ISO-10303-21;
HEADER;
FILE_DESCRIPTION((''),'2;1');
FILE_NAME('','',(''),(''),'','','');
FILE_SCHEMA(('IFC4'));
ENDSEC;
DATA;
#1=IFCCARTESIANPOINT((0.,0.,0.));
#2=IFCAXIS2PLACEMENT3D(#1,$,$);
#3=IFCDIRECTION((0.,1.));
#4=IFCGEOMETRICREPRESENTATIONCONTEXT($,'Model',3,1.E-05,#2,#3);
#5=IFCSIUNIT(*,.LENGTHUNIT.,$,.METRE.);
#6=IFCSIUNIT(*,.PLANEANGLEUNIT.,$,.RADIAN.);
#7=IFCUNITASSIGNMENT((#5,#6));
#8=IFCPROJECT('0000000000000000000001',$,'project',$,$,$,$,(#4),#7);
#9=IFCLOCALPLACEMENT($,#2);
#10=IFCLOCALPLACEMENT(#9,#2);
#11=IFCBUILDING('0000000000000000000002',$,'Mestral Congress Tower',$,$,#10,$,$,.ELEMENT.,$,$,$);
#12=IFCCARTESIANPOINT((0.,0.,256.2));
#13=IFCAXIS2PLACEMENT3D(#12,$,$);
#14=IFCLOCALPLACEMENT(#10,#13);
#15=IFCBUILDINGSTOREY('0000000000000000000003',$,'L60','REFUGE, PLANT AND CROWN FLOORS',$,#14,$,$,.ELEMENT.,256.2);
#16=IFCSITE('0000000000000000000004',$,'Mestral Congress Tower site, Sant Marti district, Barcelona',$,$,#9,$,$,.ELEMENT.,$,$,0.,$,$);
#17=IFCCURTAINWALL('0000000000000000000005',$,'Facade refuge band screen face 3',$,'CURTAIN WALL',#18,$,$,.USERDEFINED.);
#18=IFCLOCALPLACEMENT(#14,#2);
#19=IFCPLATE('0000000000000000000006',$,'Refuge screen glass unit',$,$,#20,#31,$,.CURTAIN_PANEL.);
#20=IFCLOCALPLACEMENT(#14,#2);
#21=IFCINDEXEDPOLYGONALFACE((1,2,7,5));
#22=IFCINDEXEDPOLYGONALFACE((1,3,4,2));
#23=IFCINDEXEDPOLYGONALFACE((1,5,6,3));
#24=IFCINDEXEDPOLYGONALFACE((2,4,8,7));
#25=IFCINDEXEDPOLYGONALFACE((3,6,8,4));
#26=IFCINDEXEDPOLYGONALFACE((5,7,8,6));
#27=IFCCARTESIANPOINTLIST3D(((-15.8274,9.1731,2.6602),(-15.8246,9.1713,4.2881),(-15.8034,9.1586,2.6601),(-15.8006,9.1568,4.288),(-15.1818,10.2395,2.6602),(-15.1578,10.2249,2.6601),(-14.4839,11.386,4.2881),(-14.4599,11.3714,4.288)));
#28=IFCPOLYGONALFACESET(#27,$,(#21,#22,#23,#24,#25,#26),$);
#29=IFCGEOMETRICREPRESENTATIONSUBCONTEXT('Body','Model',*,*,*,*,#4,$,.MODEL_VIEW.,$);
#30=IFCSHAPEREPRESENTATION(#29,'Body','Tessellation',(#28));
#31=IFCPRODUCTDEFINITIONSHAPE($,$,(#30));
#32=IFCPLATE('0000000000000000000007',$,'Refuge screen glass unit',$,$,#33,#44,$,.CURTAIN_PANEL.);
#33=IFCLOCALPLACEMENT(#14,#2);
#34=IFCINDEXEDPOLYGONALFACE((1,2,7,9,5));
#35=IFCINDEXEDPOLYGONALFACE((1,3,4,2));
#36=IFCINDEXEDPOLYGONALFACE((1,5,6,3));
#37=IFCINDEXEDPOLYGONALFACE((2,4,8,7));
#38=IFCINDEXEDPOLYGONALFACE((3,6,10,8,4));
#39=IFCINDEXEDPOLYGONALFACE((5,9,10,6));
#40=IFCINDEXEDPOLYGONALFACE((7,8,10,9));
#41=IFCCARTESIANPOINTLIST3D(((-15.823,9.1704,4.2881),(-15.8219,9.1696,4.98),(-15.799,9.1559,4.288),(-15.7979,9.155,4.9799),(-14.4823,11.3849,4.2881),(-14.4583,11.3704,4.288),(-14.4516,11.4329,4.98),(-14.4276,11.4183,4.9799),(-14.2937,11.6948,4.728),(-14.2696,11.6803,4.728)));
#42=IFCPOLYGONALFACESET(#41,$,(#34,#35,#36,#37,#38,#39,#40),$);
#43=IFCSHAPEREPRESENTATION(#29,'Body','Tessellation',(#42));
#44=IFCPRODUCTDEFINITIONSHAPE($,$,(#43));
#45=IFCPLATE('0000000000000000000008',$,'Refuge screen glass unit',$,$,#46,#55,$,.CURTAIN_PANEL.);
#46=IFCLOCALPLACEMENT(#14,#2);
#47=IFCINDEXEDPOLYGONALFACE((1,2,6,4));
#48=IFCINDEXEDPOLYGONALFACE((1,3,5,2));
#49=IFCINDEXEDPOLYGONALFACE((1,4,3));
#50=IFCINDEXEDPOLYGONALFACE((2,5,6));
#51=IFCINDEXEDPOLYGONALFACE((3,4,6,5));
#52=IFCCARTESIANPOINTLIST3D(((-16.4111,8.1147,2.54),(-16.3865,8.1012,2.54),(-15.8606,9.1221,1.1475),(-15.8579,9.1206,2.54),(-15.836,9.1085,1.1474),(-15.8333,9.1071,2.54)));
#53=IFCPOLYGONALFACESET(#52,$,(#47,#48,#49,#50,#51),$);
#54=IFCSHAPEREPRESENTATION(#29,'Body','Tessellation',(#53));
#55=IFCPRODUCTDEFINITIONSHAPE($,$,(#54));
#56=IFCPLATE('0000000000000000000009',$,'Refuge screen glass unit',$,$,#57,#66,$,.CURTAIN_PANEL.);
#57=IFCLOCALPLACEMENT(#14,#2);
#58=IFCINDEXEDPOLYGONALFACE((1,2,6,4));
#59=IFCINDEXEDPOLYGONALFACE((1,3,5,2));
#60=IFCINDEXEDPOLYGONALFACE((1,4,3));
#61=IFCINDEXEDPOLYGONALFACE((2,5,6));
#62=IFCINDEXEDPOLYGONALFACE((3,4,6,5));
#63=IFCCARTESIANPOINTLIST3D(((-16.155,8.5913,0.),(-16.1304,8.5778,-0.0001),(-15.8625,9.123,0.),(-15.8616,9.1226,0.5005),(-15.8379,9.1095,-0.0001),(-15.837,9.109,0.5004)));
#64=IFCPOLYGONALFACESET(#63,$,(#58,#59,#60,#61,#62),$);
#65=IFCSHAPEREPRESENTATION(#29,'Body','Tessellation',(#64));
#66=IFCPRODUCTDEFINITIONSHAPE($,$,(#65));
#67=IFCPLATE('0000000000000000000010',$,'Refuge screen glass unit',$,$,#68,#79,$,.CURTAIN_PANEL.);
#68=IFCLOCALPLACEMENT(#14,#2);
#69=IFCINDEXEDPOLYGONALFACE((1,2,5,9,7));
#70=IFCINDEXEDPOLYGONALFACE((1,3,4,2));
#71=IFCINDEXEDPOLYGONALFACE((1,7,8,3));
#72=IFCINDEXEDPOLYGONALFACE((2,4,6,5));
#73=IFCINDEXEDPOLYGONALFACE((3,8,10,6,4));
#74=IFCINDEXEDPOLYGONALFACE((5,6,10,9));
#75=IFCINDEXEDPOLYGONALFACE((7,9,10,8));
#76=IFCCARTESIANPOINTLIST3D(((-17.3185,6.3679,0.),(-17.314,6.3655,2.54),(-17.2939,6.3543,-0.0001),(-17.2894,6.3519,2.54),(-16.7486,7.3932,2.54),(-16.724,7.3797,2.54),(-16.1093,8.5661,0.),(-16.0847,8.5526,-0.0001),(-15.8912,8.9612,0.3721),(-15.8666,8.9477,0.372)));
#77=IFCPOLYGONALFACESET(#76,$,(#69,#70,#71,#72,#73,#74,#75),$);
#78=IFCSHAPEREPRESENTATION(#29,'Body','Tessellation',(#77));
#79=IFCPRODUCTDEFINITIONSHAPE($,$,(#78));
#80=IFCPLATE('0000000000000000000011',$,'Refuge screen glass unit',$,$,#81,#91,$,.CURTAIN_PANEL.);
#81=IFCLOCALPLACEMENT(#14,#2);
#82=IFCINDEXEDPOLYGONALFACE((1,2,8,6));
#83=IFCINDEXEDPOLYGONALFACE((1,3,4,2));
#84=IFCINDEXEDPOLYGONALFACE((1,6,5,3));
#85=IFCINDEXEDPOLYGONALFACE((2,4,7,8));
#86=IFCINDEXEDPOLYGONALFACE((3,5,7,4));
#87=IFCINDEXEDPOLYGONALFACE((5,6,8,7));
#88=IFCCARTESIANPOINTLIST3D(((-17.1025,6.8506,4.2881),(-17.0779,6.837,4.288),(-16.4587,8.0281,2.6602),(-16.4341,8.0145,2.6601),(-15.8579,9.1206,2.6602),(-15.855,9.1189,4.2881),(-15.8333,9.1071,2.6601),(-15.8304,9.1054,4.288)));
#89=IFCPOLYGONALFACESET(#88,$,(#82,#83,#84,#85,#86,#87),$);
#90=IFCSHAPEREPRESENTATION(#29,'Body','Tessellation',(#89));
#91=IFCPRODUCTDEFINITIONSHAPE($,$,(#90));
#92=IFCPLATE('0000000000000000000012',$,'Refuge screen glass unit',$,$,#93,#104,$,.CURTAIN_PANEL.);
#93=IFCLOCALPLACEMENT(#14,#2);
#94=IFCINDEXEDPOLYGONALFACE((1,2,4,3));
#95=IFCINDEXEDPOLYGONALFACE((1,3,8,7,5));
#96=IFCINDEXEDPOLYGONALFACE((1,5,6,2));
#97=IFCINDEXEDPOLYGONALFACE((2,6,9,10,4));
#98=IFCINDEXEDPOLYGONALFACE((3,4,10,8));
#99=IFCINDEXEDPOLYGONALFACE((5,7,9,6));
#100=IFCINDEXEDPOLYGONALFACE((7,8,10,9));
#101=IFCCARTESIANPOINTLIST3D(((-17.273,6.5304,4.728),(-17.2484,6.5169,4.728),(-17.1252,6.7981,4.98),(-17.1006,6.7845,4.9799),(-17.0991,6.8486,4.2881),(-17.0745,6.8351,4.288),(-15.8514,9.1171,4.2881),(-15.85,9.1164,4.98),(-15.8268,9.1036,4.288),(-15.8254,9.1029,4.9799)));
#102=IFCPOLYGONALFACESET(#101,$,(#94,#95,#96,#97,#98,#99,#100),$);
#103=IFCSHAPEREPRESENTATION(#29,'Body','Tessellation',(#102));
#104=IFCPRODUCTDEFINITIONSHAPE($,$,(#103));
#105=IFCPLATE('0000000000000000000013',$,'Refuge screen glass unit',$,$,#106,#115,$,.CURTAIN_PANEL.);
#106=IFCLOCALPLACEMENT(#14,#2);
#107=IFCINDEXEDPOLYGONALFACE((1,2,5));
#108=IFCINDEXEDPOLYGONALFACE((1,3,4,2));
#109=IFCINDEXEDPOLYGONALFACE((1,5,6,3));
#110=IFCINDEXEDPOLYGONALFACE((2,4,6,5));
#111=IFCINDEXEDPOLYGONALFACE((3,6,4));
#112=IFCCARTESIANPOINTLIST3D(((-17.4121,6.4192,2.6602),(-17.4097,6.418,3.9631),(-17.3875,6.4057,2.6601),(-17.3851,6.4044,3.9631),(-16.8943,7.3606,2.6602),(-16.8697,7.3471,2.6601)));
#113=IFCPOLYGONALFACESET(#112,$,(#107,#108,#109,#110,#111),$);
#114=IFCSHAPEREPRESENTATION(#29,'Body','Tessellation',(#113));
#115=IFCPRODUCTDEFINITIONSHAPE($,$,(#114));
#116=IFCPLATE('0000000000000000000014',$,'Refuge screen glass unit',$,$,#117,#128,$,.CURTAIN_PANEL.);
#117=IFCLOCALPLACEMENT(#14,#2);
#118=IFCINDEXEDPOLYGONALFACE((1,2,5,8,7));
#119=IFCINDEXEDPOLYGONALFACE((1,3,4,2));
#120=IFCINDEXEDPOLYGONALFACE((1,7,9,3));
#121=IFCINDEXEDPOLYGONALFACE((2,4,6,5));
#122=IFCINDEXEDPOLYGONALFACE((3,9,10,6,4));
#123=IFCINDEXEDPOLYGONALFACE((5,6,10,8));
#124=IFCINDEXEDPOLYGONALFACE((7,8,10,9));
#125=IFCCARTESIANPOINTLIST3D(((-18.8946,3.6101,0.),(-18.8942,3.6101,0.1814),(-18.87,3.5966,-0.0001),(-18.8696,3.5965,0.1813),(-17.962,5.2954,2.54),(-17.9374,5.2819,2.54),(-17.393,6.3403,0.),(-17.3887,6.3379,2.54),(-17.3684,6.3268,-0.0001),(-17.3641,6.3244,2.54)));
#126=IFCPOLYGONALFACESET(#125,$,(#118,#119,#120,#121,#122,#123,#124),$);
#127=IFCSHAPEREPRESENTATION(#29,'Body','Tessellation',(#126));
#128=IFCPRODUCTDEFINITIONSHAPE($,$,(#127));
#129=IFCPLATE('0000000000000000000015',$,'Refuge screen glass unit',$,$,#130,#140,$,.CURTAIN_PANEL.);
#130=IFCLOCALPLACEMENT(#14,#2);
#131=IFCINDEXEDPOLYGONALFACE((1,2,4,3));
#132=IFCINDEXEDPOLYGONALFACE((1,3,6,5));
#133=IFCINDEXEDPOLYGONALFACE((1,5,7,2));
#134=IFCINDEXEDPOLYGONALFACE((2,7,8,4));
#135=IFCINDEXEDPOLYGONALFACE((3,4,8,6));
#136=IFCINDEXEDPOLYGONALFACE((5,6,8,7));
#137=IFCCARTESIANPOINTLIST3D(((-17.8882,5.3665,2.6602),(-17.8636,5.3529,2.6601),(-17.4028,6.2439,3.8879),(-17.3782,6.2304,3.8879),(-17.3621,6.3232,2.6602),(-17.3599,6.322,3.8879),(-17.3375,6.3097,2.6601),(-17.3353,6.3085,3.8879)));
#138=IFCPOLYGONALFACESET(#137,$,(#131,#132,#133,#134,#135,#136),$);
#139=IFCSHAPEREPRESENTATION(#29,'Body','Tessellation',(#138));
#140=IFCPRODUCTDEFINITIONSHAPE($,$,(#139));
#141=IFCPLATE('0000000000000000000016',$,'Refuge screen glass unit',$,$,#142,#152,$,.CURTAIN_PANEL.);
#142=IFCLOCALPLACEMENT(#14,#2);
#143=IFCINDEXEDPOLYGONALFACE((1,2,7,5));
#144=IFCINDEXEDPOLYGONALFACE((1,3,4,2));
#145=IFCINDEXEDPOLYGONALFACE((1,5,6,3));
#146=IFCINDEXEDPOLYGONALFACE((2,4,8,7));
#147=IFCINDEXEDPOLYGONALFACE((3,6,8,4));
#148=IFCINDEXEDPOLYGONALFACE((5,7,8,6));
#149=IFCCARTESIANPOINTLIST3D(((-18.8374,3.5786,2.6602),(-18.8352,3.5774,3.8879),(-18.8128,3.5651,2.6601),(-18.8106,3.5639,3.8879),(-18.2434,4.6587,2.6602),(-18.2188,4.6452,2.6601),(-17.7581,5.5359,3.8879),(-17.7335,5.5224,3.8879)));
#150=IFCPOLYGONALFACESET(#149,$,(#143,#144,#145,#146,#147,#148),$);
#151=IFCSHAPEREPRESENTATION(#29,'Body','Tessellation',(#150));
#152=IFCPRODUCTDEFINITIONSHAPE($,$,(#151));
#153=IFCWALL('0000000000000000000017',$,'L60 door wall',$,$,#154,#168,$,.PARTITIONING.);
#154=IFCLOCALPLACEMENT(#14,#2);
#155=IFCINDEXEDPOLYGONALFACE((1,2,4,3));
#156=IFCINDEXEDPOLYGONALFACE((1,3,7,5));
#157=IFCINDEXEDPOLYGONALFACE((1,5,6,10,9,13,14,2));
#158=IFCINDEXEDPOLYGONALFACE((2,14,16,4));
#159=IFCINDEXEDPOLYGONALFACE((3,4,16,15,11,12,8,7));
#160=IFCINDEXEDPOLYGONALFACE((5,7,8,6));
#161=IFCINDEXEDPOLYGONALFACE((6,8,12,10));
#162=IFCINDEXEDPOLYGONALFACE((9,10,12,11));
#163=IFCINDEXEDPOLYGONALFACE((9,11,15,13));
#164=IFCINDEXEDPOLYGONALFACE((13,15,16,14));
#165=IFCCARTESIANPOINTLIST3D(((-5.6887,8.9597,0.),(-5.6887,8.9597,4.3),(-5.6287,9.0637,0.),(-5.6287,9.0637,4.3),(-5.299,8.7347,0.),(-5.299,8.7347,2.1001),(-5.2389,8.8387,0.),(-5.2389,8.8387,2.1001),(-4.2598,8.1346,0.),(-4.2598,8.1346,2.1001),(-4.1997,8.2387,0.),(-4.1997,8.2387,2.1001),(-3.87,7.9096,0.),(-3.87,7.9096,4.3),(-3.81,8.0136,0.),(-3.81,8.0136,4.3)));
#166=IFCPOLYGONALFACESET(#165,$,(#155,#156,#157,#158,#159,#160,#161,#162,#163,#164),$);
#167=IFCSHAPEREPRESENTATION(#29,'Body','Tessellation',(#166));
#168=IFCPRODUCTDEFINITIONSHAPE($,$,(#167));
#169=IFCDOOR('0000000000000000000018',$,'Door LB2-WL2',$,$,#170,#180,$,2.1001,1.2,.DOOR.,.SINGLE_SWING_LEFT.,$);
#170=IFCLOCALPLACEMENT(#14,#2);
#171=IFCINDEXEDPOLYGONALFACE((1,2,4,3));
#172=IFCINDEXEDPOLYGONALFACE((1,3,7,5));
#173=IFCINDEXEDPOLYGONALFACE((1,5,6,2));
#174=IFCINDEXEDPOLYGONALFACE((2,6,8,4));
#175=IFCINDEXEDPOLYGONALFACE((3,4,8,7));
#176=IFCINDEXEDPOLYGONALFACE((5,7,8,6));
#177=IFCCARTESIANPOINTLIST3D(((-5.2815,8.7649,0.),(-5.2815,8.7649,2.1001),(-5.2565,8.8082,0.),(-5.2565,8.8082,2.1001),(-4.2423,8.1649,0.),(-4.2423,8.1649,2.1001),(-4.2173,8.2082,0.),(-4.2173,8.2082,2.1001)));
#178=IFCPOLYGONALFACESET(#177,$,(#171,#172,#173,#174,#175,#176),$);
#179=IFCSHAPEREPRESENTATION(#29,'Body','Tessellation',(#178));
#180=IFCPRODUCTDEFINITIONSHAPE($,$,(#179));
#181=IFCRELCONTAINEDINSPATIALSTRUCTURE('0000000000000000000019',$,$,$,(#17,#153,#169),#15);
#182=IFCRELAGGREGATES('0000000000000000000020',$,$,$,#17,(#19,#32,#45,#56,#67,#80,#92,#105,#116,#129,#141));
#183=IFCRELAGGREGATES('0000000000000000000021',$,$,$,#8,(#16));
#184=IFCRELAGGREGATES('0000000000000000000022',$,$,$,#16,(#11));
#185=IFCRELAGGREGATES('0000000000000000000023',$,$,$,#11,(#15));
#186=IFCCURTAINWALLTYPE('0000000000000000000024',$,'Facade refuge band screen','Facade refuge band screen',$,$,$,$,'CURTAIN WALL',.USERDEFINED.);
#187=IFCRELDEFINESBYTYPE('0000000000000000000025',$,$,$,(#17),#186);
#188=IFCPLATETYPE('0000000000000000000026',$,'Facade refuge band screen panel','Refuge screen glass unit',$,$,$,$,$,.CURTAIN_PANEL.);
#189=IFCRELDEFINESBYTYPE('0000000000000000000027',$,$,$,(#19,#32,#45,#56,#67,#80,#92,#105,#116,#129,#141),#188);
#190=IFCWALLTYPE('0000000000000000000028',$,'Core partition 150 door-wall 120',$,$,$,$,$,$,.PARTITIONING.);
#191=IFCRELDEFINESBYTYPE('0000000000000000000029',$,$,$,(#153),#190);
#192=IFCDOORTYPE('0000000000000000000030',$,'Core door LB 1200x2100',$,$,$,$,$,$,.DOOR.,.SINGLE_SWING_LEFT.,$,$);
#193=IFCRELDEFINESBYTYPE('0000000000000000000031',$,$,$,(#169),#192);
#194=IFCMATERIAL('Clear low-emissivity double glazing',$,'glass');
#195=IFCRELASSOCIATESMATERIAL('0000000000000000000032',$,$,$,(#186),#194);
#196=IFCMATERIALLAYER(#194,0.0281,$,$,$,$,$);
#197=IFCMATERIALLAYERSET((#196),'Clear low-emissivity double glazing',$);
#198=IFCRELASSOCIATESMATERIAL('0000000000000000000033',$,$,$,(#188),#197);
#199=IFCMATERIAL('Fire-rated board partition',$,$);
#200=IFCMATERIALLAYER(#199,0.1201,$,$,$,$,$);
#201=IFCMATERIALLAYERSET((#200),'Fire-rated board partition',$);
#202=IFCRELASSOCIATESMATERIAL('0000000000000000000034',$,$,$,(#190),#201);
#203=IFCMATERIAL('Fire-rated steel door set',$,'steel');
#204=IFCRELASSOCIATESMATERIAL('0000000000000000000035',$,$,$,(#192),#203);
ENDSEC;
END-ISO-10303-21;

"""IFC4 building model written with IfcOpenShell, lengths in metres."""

from ifc_helpers import new_model, si_unit, direction, frame, frame_2d, origin, place, context, subcontext, project, spatial, polyline, rectangle, outline, extrude, material, layer, layer_set, type_object, element, fill, aggregate, save


model = new_model("IFC4")

# Units and contexts
model_context = context("Model", 3, precision=1e-05, world=origin(), true_north=direction((0.0, 1.0)))
body_context = subcontext(model_context, "Body", "Model", "MODEL_VIEW")
ifc_project = project(units=[si_unit("LENGTHUNIT", "METRE"), si_unit("PLANEANGLEUNIT", "RADIAN")], contexts=[model_context])

# Site, building, storey
site_placement = place(None, origin())
site = spatial("IfcSite", under=ifc_project, at=site_placement, Name="Mestral Congress Tower site, Sant Marti district, Barcelona", CompositionType="ELEMENT", RefElevation=0.0)
building_placement = place(site_placement, origin())
building = spatial("IfcBuilding", under=site, at=building_placement, Name="Mestral Congress Tower", CompositionType="ELEMENT")
storey_placement = place(building_placement, frame((0.0, 0.0, 256.2)))
storey = spatial("IfcBuildingStorey", under=building, at=storey_placement, Name="L60", Description="REFUGE, PLANT AND CROWN FLOORS", CompositionType="ELEMENT", Elevation=256.2)

# Curtain wall, plates
ifc_material_1 = material(Name="Clear low-emissivity double glazing", Category="glass")
curtain_wall_type = type_object("IfcCurtainWallType", Name="Facade refuge band screen", Description="Facade refuge band screen", ElementType="CURTAIN WALL", PredefinedType="USERDEFINED", material=ifc_material_1)
curtain_wall_placement = place(storey_placement, origin())
curtain_wall = element("IfcCurtainWall", 1, at=curtain_wall_placement, inside=storey, type_object=curtain_wall_type, Name="Facade refuge band screen face 3", ObjectType="CURTAIN WALL", PredefinedType="USERDEFINED")
ifc_layer_1 = layer(ifc_material_1, 0.0281)
ifc_layer_set_1 = layer_set([ifc_layer_1], Name="Clear low-emissivity double glazing")
plate_type_1 = type_object("IfcPlateType", Name="Facade refuge band screen panel", Description="Refuge screen glass unit", PredefinedType="CURTAIN_PANEL", material=ifc_layer_set_1)
plate_1_placement = place(storey_placement, frame((-15.8274, 9.1731, 2.6602), z_axis=(-0.855446, 0.517889, 0.002006), x_axis=(0.51789, 0.855447, 0.0)))
plate_1 = element("IfcPlate", 2, at=plate_1_placement, type_object=plate_type_1, Name="Refuge screen glass unit", PredefinedType="CURTAIN_PANEL", context=body_context, shape_type="SweptSolid", body=[
    extrude(outline(polyline([(0.0, 0.0), (1.2466, 0.0), (2.5888, -1.6279), (-0.0001, -1.6279), (0.0, 0.0)])), origin(), (0.0, 0.0, -1.0), 0.0281),
])
plate_2_placement = place(storey_placement, frame((-15.823, 9.1704, 4.2881), z_axis=(-0.855438, 0.517901, 0.001999), x_axis=(0.517902, 0.85544, 0.0)))
plate_2 = element("IfcPlate", 3, at=plate_2_placement, type_object=plate_type_1, Name="Refuge screen glass unit", PredefinedType="CURTAIN_PANEL", context=body_context, shape_type="SweptSolid", body=[
    extrude(outline(polyline([(0.0, 0.0), (2.5887, 0.0), (2.9515, -0.4399), (2.6456, -0.6919), (-0.0001, -0.6919), (0.0, 0.0)])), origin(), (0.0, 0.0, -1.0), 0.0281),
])
plate_3_placement = place(storey_placement, frame((-15.8579, 9.1206, 2.54), z_axis=(-0.876214, 0.481918, 0.002197), x_axis=(-0.481919, -0.876216, 0.0)))
plate_3 = element("IfcPlate", 4, at=plate_3_placement, type_object=plate_type_1, Name="Refuge screen glass unit", PredefinedType="CURTAIN_PANEL", context=body_context, shape_type="SweptSolid", body=[
    extrude(outline(polyline([(0.0, 0.0), (1.148, 0.0), (0.0, -1.3926), (0.0, 0.0)])), origin(), (0.0, 0.0, -1.0), 0.0281),
])
plate_4_placement = place(storey_placement, frame((-15.8625, 9.123, 0.0), z_axis=(-0.876197, 0.481948, 0.00218), x_axis=(0.001951, -0.000976, 0.999998)))
plate_4 = element("IfcPlate", 5, at=plate_4_placement, type_object=plate_type_1, Name="Refuge screen glass unit", PredefinedType="CURTAIN_PANEL", context=body_context, shape_type="SweptSolid", body=[
    extrude(outline(polyline([(0.0, 0.0), (0.5005, 0.0), (-0.0001, -0.6069), (0.0, 0.0)])), origin(), (0.0, 0.0, -1.0), 0.0281),
])
plate_5_placement = place(storey_placement, frame((-17.314, 6.3655, 2.54), z_axis=(-0.87619, 0.481961, 0.002023), x_axis=(-0.00179, 0.000942, -0.999998)))
plate_5 = element("IfcPlate", 6, at=plate_5_placement, type_object=plate_type_1, Name="Refuge screen glass unit", PredefinedType="CURTAIN_PANEL", context=body_context, shape_type="SweptSolid", body=[
    extrude(outline(polyline([(0.0, 0.0), (2.54, 0.0), (2.5399, -2.5089), (2.1679, -2.9602), (0.0, -1.173), (0.0, 0.0)])), origin(), (0.0, 0.0, -1.0), 0.0281),
])
plate_6_placement = place(storey_placement, frame((-15.855, 9.1189, 4.2881), z_axis=(-0.876222, 0.481903, 0.002063), x_axis=(-0.481904, -0.876224, 0.0)))
plate_6 = element("IfcPlate", 7, at=plate_6_placement, type_object=plate_type_1, Name="Refuge screen glass unit", PredefinedType="CURTAIN_PANEL", context=body_context, shape_type="SweptSolid", body=[
    extrude(outline(polyline([(0.0, 0.0), (2.5888, 0.0), (1.2468, -1.6279), (-0.0001, -1.6279), (0.0, 0.0)])), origin(), (0.0, 0.0, -1.0), 0.0281),
])
plate_7_placement = place(storey_placement, frame((-17.0991, 6.8486, 4.2881), z_axis=(-0.876208, 0.481928, 0.002236), x_axis=(0.481929, 0.87621, 0.0)))
plate_7 = element("IfcPlate", 8, at=plate_7_placement, type_object=plate_type_1, Name="Refuge screen glass unit", PredefinedType="CURTAIN_PANEL", context=body_context, shape_type="SweptSolid", body=[
    extrude(outline(polyline([(0.0, 0.0), (2.589, 0.0), (2.589, -0.6919), (-0.0569, -0.6919), (-0.3626, -0.4399), (0.0, 0.0)])), origin(), (0.0, 0.0, -1.0), 0.0281),
])
plate_8_placement = place(storey_placement, frame((-16.8943, 7.3606, 2.6602), z_axis=(-0.876195, 0.481953, 0.002093), x_axis=(-0.305183, -0.558176, 0.771559)))
plate_8 = element("IfcPlate", 9, at=plate_8_placement, type_object=plate_type_1, Name="Refuge screen glass unit", PredefinedType="CURTAIN_PANEL", context=body_context, shape_type="SweptSolid", body=[
    extrude(outline(polyline([(0.0, 0.0), (1.6888, 0.0), (0.6835, -0.829), (0.0, 0.0)])), origin(), (0.0, 0.0, -1.0), 0.0281),
])
plate_9_placement = place(storey_placement, frame((-17.3887, 6.3379, 2.54), z_axis=(-0.876225, 0.481897, 0.001969), x_axis=(-0.481898, -0.876227, 0.0)))
plate_9 = element("IfcPlate", 10, at=plate_9_placement, type_object=plate_type_1, Name="Refuge screen glass unit", PredefinedType="CURTAIN_PANEL", context=body_context, shape_type="SweptSolid", body=[
    extrude(outline(polyline([(0.0, 0.0), (1.1897, 0.0), (3.1157, -2.3586), (3.1158, -2.54), (0.0, -2.54), (0.0, 0.0)])), origin(), (0.0, 0.0, -1.0), 0.0281),
])
plate_10_placement = place(storey_placement, frame((-17.4028, 6.2439, 3.8879), z_axis=(-0.876253, 0.481846, 0.002041), x_axis=(-0.306177, -0.553512, -0.774519)))
plate_10 = element("IfcPlate", 11, at=plate_10_placement, type_object=plate_type_1, Name="Refuge screen glass unit", PredefinedType="CURTAIN_PANEL", context=body_context, shape_type="SweptSolid", body=[
    extrude(outline(polyline([(0.0, 0.0), (1.5852, 0.0), (0.8945, -0.8457), (-0.0564, -0.0691), (0.0, 0.0)])), origin(), (0.0, 0.0, -1.0), 0.0281),
])
plate_11_placement = place(storey_placement, frame((-18.2434, 4.6587, 2.6602), z_axis=(-0.876223, 0.481902, 0.002063), x_axis=(0.306188, 0.553413, 0.774585)))
plate_11 = element("IfcPlate", 12, at=plate_11_placement, type_object=plate_type_1, Name="Refuge screen glass unit", PredefinedType="CURTAIN_PANEL", context=body_context, shape_type="SweptSolid", body=[
    extrude(outline(polyline([(0.0, 0.0), (1.5851, 0.0), (0.1714, -1.7313), (-0.7796, -0.9548), (0.0, 0.0)])), origin(), (0.0, 0.0, -1.0), 0.0281),
])
aggregate(curtain_wall, [plate_1, plate_2, plate_3, plate_4, plate_5, plate_6, plate_7, plate_8, plate_9, plate_10, plate_11])

# Wall, opening, door
ifc_material_2 = material(Name="Fire-rated board partition")
ifc_layer_2 = layer(ifc_material_2, 0.1201)
ifc_layer_set_2 = layer_set([ifc_layer_2], Name="Fire-rated board partition")
wall_type_1 = type_object("IfcWallType", Name="Core partition 150 door-wall 120", PredefinedType="PARTITIONING", material=ifc_layer_set_2)
wall_1_placement = place(storey_placement, frame((-5.6587, 9.0117, 0.0), z_axis=(0.0, 0.0, 1.0), x_axis=(0.866009, -0.500028, 0.0)))
wall_1 = element("IfcWall", 13, at=wall_1_placement, inside=storey, type_object=wall_type_1, Name="L60 door wall", PredefinedType="PARTITIONING", context=body_context, shape_type="SweptSolid", body=[
    extrude(rectangle(XDim=2.1001, YDim=0.1201, at=frame_2d((1.05, 0.0))), origin(), (0.0, 0.0, 1.0), 4.3),
])
opening_1_placement = place(wall_1_placement, frame((0.45, 0.0, 0.0)))
opening_1 = element("IfcOpeningElement", 14, at=opening_1_placement, cuts=wall_1, PredefinedType="OPENING", context=body_context, shape_type="SweptSolid", body=[
    extrude(rectangle(XDim=1.2, YDim=2.1001, at=frame_2d((0.6001, 1.05))), frame((0.0, 0.0701, 0.0), z_axis=(0.0, -1.0, 0.0), x_axis=(1.0, 0.0, 0.0)), (0.0, 0.0, 1.0), 0.1401),
])
ifc_material_3 = material(Name="Fire-rated steel door set", Category="steel")
door_type_1 = type_object("IfcDoorType", Name="Core door LB 1200x2100", OperationType="SINGLE_SWING_LEFT", PredefinedType="DOOR", material=ifc_material_3)
door_1_placement = place(opening_1_placement, origin())
door_1 = element("IfcDoor", 15, at=door_1_placement, inside=storey, type_object=door_type_1, Name="Door LB2-WL2", OperationType="SINGLE_SWING_LEFT", OverallHeight=2.1001, OverallWidth=1.2, PredefinedType="DOOR", context=body_context, shape_type="SweptSolid", body=[
    extrude(rectangle(XDim=1.2, YDim=2.1001, at=frame_2d((0.6001, 1.05))), frame((0.0, 0.0249, 0.0), z_axis=(0.0, -1.0, 0.0), x_axis=(1.0, 0.0, 0.0)), (0.0, 0.0, 1.0), 0.05),
])
fill(opening_1, door_1)

save(model, "model.ifc")
